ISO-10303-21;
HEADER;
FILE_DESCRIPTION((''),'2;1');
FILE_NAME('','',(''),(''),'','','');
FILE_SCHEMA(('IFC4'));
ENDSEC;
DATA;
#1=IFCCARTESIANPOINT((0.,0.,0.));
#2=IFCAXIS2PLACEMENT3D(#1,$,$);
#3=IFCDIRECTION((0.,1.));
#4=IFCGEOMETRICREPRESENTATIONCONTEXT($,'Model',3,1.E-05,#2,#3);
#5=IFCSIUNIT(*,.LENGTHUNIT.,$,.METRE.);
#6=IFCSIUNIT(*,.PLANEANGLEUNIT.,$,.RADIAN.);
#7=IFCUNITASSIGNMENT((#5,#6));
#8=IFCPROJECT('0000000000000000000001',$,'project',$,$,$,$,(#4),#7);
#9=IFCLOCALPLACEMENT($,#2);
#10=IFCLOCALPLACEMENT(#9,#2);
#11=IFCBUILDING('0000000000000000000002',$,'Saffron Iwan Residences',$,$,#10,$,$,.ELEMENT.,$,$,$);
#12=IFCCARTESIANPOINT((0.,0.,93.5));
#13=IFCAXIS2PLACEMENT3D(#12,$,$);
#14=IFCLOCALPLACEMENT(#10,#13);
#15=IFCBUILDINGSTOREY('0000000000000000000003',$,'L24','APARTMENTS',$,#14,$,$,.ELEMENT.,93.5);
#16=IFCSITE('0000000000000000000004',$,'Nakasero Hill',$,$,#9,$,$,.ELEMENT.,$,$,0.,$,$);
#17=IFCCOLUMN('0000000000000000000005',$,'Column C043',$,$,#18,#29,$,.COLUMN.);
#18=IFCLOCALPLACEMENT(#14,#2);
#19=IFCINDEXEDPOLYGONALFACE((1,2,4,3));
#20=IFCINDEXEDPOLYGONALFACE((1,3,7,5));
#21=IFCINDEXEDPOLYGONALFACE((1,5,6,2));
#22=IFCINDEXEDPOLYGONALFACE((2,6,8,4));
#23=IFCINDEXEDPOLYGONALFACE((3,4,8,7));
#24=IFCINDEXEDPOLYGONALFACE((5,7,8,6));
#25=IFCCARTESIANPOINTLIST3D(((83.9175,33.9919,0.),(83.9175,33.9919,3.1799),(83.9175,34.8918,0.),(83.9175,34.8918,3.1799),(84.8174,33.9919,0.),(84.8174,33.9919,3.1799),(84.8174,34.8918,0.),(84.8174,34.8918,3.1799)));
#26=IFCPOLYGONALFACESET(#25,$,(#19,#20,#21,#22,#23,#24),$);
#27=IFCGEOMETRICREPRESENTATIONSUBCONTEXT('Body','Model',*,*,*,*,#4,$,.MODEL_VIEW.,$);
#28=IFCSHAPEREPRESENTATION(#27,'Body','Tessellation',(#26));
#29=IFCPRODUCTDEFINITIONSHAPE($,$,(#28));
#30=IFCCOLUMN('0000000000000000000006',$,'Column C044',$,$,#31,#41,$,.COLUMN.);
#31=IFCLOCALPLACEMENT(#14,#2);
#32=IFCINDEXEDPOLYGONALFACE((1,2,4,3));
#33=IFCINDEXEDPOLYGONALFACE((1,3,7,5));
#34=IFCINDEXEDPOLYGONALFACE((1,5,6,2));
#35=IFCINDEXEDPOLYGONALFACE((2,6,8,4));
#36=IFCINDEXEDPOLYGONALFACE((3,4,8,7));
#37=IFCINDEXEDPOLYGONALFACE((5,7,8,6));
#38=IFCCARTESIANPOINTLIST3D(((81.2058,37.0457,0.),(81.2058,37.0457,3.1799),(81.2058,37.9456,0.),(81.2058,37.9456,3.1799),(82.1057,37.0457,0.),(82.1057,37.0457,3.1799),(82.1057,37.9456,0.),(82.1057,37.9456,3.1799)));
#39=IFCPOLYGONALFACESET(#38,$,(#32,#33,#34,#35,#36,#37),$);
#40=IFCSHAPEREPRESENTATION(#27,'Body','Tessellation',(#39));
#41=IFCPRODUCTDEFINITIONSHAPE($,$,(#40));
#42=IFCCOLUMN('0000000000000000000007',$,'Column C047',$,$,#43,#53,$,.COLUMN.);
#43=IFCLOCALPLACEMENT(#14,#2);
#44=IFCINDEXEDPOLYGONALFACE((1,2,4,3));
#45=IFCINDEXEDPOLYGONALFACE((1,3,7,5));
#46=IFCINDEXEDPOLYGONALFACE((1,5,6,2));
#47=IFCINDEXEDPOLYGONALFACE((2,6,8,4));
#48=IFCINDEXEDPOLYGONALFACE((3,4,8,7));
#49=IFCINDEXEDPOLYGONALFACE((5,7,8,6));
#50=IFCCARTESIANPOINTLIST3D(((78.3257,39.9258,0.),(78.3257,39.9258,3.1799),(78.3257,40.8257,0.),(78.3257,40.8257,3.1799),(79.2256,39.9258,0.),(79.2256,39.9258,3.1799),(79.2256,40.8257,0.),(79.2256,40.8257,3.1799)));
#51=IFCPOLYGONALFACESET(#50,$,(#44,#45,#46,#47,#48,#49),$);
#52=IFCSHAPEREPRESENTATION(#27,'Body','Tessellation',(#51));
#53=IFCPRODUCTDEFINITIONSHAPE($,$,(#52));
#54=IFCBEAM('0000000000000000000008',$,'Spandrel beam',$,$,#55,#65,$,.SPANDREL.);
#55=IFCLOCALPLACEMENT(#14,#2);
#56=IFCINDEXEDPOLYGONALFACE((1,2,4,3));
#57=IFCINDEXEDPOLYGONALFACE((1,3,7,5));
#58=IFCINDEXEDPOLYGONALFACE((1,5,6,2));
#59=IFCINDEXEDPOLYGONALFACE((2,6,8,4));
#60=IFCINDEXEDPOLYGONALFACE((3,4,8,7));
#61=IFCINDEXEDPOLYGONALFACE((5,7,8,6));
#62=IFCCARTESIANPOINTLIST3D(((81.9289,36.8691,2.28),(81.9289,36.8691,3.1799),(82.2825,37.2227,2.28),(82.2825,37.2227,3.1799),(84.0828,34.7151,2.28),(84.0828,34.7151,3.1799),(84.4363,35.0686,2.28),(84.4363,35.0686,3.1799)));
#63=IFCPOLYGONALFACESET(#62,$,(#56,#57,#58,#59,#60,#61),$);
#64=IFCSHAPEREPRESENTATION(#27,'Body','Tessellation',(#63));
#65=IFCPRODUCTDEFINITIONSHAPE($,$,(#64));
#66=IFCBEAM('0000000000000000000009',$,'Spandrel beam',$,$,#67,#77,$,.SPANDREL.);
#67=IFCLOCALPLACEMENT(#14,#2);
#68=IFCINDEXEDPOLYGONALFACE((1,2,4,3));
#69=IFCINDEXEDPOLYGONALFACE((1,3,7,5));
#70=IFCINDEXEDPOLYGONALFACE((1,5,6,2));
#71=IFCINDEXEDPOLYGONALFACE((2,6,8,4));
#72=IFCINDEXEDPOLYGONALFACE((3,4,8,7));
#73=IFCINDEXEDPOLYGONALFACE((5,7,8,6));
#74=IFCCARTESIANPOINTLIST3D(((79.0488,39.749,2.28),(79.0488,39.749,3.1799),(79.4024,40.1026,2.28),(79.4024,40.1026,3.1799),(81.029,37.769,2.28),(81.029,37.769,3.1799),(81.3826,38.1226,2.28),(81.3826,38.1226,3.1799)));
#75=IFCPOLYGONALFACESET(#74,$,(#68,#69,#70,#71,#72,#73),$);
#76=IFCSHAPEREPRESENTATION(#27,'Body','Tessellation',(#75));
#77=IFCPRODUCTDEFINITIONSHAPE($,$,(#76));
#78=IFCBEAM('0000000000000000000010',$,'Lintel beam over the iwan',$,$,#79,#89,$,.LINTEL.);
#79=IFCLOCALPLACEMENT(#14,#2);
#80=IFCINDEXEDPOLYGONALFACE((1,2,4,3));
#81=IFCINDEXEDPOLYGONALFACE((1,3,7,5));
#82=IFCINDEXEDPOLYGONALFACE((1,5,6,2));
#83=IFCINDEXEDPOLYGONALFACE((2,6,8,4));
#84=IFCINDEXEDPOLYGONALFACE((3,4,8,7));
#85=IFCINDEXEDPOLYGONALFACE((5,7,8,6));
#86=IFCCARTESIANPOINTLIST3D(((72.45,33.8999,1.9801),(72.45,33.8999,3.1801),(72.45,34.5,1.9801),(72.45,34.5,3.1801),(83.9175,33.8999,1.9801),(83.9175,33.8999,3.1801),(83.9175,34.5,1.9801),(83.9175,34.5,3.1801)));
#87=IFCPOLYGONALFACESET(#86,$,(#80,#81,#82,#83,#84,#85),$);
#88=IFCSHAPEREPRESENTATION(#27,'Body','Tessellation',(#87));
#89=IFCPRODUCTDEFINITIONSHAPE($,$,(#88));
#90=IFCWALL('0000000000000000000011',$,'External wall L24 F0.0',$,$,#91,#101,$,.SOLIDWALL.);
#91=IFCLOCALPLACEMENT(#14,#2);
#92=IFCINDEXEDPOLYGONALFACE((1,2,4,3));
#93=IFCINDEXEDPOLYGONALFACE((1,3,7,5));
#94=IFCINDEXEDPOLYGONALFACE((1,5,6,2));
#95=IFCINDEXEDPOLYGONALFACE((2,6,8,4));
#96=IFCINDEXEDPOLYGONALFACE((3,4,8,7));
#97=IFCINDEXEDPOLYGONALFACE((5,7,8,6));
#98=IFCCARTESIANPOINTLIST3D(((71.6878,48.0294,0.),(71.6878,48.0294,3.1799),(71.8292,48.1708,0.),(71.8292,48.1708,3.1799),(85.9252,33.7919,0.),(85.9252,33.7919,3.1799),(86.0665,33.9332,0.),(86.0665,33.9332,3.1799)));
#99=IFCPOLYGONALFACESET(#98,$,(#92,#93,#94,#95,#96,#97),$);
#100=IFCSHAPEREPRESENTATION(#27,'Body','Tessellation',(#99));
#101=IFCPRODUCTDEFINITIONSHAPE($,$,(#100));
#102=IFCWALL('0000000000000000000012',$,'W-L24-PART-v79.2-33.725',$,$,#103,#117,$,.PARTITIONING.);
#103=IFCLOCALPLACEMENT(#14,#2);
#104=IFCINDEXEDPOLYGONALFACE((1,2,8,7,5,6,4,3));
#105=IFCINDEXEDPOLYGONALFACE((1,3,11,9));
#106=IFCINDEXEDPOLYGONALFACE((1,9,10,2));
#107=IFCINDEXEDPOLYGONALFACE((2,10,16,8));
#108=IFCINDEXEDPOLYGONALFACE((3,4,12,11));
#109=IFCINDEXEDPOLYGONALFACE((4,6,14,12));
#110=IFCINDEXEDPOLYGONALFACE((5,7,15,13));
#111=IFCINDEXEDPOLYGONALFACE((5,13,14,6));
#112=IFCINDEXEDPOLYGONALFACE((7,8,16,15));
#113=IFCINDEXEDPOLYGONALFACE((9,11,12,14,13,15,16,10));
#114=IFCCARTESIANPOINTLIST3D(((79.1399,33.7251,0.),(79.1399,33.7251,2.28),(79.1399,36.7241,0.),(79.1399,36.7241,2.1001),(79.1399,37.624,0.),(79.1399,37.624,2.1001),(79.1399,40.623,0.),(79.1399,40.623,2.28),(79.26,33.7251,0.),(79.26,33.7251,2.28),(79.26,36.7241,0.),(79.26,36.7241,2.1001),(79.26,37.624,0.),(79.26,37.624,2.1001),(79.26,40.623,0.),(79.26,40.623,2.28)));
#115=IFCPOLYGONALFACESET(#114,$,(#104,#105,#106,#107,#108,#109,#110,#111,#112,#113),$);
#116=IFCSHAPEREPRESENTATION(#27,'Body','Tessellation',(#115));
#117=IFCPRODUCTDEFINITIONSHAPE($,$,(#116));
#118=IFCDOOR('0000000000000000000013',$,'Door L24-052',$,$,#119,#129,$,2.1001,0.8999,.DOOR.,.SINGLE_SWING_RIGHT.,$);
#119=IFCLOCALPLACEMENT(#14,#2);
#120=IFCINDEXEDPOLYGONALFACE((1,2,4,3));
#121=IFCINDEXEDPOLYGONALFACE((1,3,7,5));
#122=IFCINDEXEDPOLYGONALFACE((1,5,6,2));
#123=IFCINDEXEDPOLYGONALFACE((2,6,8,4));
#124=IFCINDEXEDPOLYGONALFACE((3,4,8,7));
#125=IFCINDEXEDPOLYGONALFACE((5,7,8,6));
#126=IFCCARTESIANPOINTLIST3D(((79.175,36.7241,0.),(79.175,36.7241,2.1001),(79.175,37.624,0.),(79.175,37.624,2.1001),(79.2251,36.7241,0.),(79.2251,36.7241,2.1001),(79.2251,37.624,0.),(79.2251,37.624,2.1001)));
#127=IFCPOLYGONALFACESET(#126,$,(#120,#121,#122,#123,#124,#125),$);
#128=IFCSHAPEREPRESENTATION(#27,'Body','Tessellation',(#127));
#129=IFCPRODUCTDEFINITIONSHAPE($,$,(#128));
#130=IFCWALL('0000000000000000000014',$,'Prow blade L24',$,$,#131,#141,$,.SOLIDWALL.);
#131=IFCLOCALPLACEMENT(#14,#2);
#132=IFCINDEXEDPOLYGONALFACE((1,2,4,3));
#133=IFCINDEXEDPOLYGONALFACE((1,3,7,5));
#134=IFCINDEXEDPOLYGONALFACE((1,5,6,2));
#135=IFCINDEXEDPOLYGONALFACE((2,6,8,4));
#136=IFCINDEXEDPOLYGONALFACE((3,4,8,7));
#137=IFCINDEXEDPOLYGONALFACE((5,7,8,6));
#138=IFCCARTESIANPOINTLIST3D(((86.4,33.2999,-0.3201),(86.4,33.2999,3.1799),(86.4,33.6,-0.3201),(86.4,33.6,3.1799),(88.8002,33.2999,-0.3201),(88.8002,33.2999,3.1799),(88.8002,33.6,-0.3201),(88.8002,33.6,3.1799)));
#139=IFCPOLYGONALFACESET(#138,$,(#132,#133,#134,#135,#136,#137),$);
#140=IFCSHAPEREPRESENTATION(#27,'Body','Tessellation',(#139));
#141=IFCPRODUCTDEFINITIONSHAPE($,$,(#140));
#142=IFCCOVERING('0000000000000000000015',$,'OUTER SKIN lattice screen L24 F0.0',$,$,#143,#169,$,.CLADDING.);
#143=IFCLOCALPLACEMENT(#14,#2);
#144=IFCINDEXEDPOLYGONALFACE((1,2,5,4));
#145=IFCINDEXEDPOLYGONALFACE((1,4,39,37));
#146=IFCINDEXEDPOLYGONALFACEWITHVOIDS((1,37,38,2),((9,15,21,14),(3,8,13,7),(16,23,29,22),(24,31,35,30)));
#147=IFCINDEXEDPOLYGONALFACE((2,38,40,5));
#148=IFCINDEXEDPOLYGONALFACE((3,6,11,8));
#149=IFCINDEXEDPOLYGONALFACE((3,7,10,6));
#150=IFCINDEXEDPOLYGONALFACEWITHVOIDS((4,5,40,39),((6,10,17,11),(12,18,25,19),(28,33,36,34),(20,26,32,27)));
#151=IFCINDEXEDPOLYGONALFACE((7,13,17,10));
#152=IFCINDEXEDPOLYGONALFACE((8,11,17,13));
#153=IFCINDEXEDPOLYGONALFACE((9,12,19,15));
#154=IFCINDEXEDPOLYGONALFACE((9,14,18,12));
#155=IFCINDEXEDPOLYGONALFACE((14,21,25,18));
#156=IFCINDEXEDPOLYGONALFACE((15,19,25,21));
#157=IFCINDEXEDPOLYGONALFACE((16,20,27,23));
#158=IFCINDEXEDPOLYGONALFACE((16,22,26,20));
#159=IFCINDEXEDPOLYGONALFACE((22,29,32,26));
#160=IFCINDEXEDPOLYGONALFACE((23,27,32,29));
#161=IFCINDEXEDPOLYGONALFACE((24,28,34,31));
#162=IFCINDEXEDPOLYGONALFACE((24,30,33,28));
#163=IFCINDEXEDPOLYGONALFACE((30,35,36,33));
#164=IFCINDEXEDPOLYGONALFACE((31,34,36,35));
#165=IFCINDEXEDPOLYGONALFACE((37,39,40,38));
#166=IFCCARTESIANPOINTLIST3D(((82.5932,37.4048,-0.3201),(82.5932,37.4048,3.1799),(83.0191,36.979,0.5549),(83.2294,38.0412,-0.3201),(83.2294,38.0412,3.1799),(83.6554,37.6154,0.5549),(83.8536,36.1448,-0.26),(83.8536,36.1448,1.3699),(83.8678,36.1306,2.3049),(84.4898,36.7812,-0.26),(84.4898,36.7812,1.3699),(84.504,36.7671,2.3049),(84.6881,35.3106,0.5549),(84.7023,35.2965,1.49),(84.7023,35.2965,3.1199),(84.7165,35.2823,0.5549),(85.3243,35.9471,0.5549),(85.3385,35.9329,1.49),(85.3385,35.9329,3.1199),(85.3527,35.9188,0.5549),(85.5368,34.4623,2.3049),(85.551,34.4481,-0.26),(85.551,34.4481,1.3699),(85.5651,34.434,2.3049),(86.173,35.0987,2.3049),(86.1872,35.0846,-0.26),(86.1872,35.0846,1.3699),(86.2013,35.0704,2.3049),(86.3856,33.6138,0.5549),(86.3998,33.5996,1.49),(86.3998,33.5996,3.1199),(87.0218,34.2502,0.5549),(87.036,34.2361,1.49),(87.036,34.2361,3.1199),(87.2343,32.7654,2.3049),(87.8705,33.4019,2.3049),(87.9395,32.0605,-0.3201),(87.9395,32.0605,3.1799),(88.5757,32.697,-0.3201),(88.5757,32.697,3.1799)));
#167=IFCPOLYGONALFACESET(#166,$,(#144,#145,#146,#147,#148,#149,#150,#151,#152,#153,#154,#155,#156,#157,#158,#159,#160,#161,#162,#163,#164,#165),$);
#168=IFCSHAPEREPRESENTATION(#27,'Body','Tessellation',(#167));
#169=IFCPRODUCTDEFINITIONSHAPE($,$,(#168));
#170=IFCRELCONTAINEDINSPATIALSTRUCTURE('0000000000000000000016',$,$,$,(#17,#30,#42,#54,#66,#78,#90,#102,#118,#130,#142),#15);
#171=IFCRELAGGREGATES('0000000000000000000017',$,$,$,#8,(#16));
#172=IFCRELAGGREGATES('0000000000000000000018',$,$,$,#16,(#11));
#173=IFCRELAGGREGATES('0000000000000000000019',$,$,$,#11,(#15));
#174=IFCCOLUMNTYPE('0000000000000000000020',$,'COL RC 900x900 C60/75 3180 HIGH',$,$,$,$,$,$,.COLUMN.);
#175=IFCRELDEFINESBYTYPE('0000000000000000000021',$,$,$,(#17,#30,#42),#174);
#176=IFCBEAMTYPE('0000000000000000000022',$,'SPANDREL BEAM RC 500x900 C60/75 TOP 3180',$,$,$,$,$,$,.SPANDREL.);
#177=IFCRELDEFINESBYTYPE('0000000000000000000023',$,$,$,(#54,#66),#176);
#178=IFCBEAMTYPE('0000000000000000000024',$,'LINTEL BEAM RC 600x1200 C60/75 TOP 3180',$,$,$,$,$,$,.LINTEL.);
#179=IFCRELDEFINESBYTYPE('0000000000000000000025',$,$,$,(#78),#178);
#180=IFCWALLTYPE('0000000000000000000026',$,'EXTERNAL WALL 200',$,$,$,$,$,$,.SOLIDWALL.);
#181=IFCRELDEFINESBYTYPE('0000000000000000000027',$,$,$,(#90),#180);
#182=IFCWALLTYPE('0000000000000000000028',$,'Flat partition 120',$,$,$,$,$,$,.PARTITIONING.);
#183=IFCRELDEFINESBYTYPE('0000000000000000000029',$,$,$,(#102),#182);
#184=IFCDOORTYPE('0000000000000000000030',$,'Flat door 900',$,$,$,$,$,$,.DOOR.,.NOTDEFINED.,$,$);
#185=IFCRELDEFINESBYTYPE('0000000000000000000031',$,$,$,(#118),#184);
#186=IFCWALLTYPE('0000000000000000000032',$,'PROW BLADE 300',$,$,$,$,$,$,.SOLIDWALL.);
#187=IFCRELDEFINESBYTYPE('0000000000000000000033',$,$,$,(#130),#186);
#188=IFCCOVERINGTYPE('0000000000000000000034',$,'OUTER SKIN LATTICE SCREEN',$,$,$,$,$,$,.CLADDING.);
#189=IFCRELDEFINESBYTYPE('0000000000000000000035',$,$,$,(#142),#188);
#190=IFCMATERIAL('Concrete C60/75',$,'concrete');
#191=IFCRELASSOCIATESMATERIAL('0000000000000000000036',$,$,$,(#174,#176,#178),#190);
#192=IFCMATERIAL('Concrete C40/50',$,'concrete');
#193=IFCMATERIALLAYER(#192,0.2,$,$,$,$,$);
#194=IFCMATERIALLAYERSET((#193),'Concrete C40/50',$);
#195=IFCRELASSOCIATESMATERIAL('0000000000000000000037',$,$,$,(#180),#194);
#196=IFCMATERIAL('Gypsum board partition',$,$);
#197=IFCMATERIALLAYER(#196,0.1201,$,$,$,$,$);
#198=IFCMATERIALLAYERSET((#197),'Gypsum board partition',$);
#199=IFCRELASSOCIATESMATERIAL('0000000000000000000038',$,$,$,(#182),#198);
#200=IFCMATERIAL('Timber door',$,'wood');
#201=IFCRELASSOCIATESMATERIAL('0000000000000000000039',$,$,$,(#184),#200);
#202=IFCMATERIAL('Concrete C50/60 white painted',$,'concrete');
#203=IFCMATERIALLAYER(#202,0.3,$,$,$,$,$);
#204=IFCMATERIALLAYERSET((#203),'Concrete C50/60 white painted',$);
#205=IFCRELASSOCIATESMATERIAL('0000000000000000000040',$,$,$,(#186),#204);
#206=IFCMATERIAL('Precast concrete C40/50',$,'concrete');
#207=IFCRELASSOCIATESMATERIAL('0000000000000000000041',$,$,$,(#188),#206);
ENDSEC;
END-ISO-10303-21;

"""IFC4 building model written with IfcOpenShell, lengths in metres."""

from ifc_helpers import new_model, si_unit, direction, frame, frame_2d, origin, origin_2d, place, context, subcontext, project, spatial, polyline, rectangle, outline, extrude, source, transform, mapped, material, layer, layer_set, material_profile, profile_set, type_object, element, fill, save


model = new_model("IFC4")

# Units and contexts
model_context = context("Model", 3, precision=1e-05, world=origin(), true_north=direction((0.0, 1.0)))
body_context = subcontext(model_context, "Body", "Model", "MODEL_VIEW")
ifc_project = project(units=[si_unit("LENGTHUNIT", "METRE"), si_unit("PLANEANGLEUNIT", "RADIAN")], contexts=[model_context])

# Site, building, storey
site_placement = place(None, origin())
site = spatial("IfcSite", under=ifc_project, at=site_placement, Name="Nakasero Hill", CompositionType="ELEMENT", RefElevation=0.0)
building_placement = place(site_placement, origin())
building = spatial("IfcBuilding", under=site, at=building_placement, Name="Saffron Iwan Residences", CompositionType="ELEMENT")
storey_placement = place(building_placement, frame((0.0, 0.0, 93.5)))
storey = spatial("IfcBuildingStorey", under=building, at=storey_placement, Name="L24", Description="APARTMENTS", CompositionType="ELEMENT", Elevation=93.5)

# Columns
ifc_material_1 = material(Name="Concrete C60/75", Category="concrete")
ifc_material_profile_1 = material_profile(ifc_material_1, rectangle(XDim=0.8999, YDim=0.8999, at=origin_2d()), Name="RC 900x900")
ifc_profile_set_1 = profile_set([ifc_material_profile_1], Name="Concrete C60/75")
column_type = type_object("IfcColumnType", Name="COL RC 900x900 C60/75 3180 HIGH", PredefinedType="COLUMN", material=ifc_profile_set_1)
shared_shape_1 = source(origin(), body_context, "Body", "SweptSolid", [
    extrude(rectangle(XDim=0.8999, YDim=0.8999, at=origin_2d()), origin(), (0.0, 0.0, 1.0), 3.1799),
])
for number, where, z_axis, x_axis, name in (
    (1, (84.3674, 34.4419, 0.0), (0.0, 0.0, 1.0), (1.0, 0.0, 0.0), "Column C043"),
    (2, (81.6558, 37.4956, 0.0), (0.0, 0.0, 1.0), (1.0, 0.0, 0.0), "Column C044"),
    (3, (78.7756, 40.3757, 0.0), (0.0, 0.0, 1.0), (1.0, 0.0, 0.0), "Column C047"),
):
    element("IfcColumn", number, at=place(storey_placement, frame(where, z_axis=z_axis, x_axis=x_axis)), inside=storey, type_object=column_type, Name=name, PredefinedType="COLUMN", context=body_context, shape_type="MappedRepresentation", body=[
        mapped(shared_shape_1, transform((0.0, 0.0, 0.0))),
    ])

# Beams
ifc_material_profile_2 = material_profile(ifc_material_1, rectangle(XDim=0.5, YDim=0.8999, at=origin_2d()), Name="RC 500x900")
ifc_profile_set_2 = profile_set([ifc_material_profile_2], Name="Concrete C60/75")
beam_type_1 = type_object("IfcBeamType", Name="SPANDREL BEAM RC 500x900 C60/75 TOP 3180", PredefinedType="SPANDREL", material=ifc_profile_set_2)
shared_shape_2 = source(origin(), body_context, "Body", "SweptSolid", [
    extrude(rectangle(XDim=0.5, YDim=0.8999, at=origin_2d()), origin(), (0.0, 0.0, 1.0), 3.0461),
])
beam_1_placement = place(storey_placement, frame((82.1057, 37.0459, 2.73), z_axis=(0.707067, -0.707147, 0.0), x_axis=(0.707147, 0.707067, 0.0)))
element("IfcBeam", 4, at=beam_1_placement, inside=storey, type_object=beam_type_1, Name="Spandrel beam", PredefinedType="SPANDREL", context=body_context, shape_type="MappedRepresentation", body=[
    mapped(shared_shape_2, transform((0.0, 0.0, 0.0))),
])
shared_shape_3 = source(origin(), body_context, "Body", "SweptSolid", [
    extrude(rectangle(XDim=0.5, YDim=0.8999, at=origin_2d()), origin(), (0.0, 0.0, 1.0), 2.8003),
])
beam_2_placement = place(storey_placement, frame((79.2256, 39.9258, 2.73), z_axis=(0.70715, -0.707063, 0.0), x_axis=(0.707063, 0.70715, 0.0)))
element("IfcBeam", 5, at=beam_2_placement, inside=storey, type_object=beam_type_1, Name="Spandrel beam", PredefinedType="SPANDREL", context=body_context, shape_type="MappedRepresentation", body=[
    mapped(shared_shape_3, transform((0.0, 0.0, 0.0))),
])
ifc_material_profile_3 = material_profile(ifc_material_1, rectangle(XDim=0.6001, YDim=1.2, at=origin_2d()), Name="RC 600x1200")
ifc_profile_set_3 = profile_set([ifc_material_profile_3], Name="Concrete C60/75")
beam_type_2 = type_object("IfcBeamType", Name="LINTEL BEAM RC 600x1200 C60/75 TOP 3180", PredefinedType="LINTEL", material=ifc_profile_set_3)
shared_shape_4 = source(origin(), body_context, "Body", "SweptSolid", [
    extrude(rectangle(XDim=0.6001, YDim=1.2, at=origin_2d()), origin(), (0.0, 0.0, 1.0), 11.4675),
])
beam_3_placement = place(storey_placement, frame((83.9175, 34.2, 2.5801), z_axis=(-1.0, 0.0, 0.0), x_axis=(0.0, -1.0, 0.0)))
element("IfcBeam", 6, at=beam_3_placement, inside=storey, type_object=beam_type_2, Name="Lintel beam over the iwan", PredefinedType="LINTEL", context=body_context, shape_type="MappedRepresentation", body=[
    mapped(shared_shape_4, transform((0.0, 0.0, 0.0))),
])

# Wall
ifc_material_2 = material(Name="Concrete C40/50", Category="concrete")
ifc_layer_1 = layer(ifc_material_2, 0.2)
ifc_layer_set_1 = layer_set([ifc_layer_1], Name="Concrete C40/50")
wall_type_1 = type_object("IfcWallType", Name="EXTERNAL WALL 200", PredefinedType="SOLIDWALL", material=ifc_layer_set_1)
wall_1_placement = place(storey_placement, frame((85.9958, 33.8625, 0.0), z_axis=(0.0, 0.0, 1.0), x_axis=(-0.707101, 0.707113, 0.0)))
element("IfcWall", 7, at=wall_1_placement, inside=storey, type_object=wall_type_1, Name="External wall L24 F0.0", PredefinedType="SOLIDWALL", context=body_context, shape_type="SweptSolid", body=[
    extrude(rectangle(XDim=20.1348, YDim=0.2, at=frame_2d((10.0674, 0.0))), origin(), (0.0, 0.0, 1.0), 3.1799),
])

# Wall, opening, door
ifc_material_3 = material(Name="Gypsum board partition")
ifc_layer_2 = layer(ifc_material_3, 0.1201)
ifc_layer_set_2 = layer_set([ifc_layer_2], Name="Gypsum board partition")
wall_type_2 = type_object("IfcWallType", Name="Flat partition 120", PredefinedType="PARTITIONING", material=ifc_layer_set_2)
wall_2_placement = place(storey_placement, frame((79.2, 33.7251, 0.0), z_axis=(0.0, 0.0, 1.0), x_axis=(0.0, 1.0, 0.0)))
wall_2 = element("IfcWall", 8, at=wall_2_placement, inside=storey, type_object=wall_type_2, Name="W-L24-PART-v79.2-33.725", PredefinedType="PARTITIONING", context=body_context, shape_type="SweptSolid", body=[
    extrude(rectangle(XDim=6.8979, YDim=0.1201, at=frame_2d((3.449, 0.0))), origin(), (0.0, 0.0, 1.0), 2.28),
])
opening_placement = place(wall_2_placement, frame((2.999, 0.0, 0.0)))
opening = element("IfcOpeningElement", 9, at=opening_placement, cuts=wall_2, PredefinedType="OPENING", context=body_context, shape_type="SweptSolid", body=[
    extrude(rectangle(XDim=0.8999, YDim=2.1001, at=frame_2d((0.45, 1.05))), frame((0.0, 0.0701, 0.0), z_axis=(0.0, -1.0, 0.0), x_axis=(1.0, 0.0, 0.0)), (0.0, 0.0, 1.0), 0.1401),
])
ifc_material_4 = material(Name="Timber door", Category="wood")
door_type = type_object("IfcDoorType", Name="Flat door 900", OperationType="NOTDEFINED", PredefinedType="DOOR", material=ifc_material_4)
door_placement = place(opening_placement, origin())
door = element("IfcDoor", 10, at=door_placement, inside=storey, type_object=door_type, Name="Door L24-052", OperationType="SINGLE_SWING_RIGHT", OverallHeight=2.1001, OverallWidth=0.8999, PredefinedType="DOOR", context=body_context, shape_type="SweptSolid", body=[
    extrude(rectangle(XDim=0.8999, YDim=2.1001, at=frame_2d((0.45, 1.05))), frame((0.0, 0.0249, 0.0), z_axis=(0.0, -1.0, 0.0), x_axis=(1.0, 0.0, 0.0)), (0.0, 0.0, 1.0), 0.05),
])
fill(opening, door)

# Wall
ifc_material_5 = material(Name="Concrete C50/60 white painted", Category="concrete")
ifc_layer_3 = layer(ifc_material_5, 0.3)
ifc_layer_set_3 = layer_set([ifc_layer_3], Name="Concrete C50/60 white painted")
wall_type_3 = type_object("IfcWallType", Name="PROW BLADE 300", PredefinedType="SOLIDWALL", material=ifc_layer_set_3)
wall_3_placement = place(storey_placement, frame((86.3999, 33.45, -0.3201), z_axis=(0.0, 0.0, 1.0), x_axis=(1.0, 0.0, 0.0)))
element("IfcWall", 11, at=wall_3_placement, inside=storey, type_object=wall_type_3, Name="Prow blade L24", PredefinedType="SOLIDWALL", context=body_context, shape_type="SweptSolid", body=[
    extrude(rectangle(XDim=2.4001, YDim=0.3, at=frame_2d((1.2002, 0.0))), origin(), (0.0, 0.0, 1.0), 3.5),
])

# Covering
ifc_material_6 = material(Name="Precast concrete C40/50", Category="concrete")
covering_type = type_object("IfcCoveringType", Name="OUTER SKIN LATTICE SCREEN", PredefinedType="CLADDING", material=ifc_material_6)
covering_1_placement = place(storey_placement, frame((87.9395, 32.0605, -0.3201), z_axis=(0.706971, 0.707242, 0.0), x_axis=(-0.707242, 0.706971, 0.0)))
element("IfcCovering", 12, at=covering_1_placement, inside=storey, type_object=covering_type, Name="OUTER SKIN lattice screen L24 F0.0", PredefinedType="CLADDING", context=body_context, shape_type="SweptSolid", body=[
    extrude(outline(polyline([(0.0, 0.0), (7.5593, 0.0), (7.5593, 3.5), (0.0, 3.5), (0.0, 0.0)]), holes=[polyline([(2.197, 0.875), (3.3772, 0.0601), (4.5571, 0.875), (3.3772, 1.6899), (2.197, 0.875)]), polyline([(4.5972, 0.875), (5.7771, 0.0601), (6.957, 0.875), (5.7771, 1.6899), (4.5972, 0.875)]), polyline([(0.9971, 2.625), (2.177, 1.8101), (3.3572, 2.625), (2.177, 3.4399), (0.9971, 2.625)]), polyline([(3.3972, 2.625), (4.5771, 1.8101), (5.7571, 2.625), (4.5771, 3.4399), (3.3972, 2.625)])]), origin(), (0.0, 0.0, 1.0), 0.8999),
])

save(model, "model.ifc")
